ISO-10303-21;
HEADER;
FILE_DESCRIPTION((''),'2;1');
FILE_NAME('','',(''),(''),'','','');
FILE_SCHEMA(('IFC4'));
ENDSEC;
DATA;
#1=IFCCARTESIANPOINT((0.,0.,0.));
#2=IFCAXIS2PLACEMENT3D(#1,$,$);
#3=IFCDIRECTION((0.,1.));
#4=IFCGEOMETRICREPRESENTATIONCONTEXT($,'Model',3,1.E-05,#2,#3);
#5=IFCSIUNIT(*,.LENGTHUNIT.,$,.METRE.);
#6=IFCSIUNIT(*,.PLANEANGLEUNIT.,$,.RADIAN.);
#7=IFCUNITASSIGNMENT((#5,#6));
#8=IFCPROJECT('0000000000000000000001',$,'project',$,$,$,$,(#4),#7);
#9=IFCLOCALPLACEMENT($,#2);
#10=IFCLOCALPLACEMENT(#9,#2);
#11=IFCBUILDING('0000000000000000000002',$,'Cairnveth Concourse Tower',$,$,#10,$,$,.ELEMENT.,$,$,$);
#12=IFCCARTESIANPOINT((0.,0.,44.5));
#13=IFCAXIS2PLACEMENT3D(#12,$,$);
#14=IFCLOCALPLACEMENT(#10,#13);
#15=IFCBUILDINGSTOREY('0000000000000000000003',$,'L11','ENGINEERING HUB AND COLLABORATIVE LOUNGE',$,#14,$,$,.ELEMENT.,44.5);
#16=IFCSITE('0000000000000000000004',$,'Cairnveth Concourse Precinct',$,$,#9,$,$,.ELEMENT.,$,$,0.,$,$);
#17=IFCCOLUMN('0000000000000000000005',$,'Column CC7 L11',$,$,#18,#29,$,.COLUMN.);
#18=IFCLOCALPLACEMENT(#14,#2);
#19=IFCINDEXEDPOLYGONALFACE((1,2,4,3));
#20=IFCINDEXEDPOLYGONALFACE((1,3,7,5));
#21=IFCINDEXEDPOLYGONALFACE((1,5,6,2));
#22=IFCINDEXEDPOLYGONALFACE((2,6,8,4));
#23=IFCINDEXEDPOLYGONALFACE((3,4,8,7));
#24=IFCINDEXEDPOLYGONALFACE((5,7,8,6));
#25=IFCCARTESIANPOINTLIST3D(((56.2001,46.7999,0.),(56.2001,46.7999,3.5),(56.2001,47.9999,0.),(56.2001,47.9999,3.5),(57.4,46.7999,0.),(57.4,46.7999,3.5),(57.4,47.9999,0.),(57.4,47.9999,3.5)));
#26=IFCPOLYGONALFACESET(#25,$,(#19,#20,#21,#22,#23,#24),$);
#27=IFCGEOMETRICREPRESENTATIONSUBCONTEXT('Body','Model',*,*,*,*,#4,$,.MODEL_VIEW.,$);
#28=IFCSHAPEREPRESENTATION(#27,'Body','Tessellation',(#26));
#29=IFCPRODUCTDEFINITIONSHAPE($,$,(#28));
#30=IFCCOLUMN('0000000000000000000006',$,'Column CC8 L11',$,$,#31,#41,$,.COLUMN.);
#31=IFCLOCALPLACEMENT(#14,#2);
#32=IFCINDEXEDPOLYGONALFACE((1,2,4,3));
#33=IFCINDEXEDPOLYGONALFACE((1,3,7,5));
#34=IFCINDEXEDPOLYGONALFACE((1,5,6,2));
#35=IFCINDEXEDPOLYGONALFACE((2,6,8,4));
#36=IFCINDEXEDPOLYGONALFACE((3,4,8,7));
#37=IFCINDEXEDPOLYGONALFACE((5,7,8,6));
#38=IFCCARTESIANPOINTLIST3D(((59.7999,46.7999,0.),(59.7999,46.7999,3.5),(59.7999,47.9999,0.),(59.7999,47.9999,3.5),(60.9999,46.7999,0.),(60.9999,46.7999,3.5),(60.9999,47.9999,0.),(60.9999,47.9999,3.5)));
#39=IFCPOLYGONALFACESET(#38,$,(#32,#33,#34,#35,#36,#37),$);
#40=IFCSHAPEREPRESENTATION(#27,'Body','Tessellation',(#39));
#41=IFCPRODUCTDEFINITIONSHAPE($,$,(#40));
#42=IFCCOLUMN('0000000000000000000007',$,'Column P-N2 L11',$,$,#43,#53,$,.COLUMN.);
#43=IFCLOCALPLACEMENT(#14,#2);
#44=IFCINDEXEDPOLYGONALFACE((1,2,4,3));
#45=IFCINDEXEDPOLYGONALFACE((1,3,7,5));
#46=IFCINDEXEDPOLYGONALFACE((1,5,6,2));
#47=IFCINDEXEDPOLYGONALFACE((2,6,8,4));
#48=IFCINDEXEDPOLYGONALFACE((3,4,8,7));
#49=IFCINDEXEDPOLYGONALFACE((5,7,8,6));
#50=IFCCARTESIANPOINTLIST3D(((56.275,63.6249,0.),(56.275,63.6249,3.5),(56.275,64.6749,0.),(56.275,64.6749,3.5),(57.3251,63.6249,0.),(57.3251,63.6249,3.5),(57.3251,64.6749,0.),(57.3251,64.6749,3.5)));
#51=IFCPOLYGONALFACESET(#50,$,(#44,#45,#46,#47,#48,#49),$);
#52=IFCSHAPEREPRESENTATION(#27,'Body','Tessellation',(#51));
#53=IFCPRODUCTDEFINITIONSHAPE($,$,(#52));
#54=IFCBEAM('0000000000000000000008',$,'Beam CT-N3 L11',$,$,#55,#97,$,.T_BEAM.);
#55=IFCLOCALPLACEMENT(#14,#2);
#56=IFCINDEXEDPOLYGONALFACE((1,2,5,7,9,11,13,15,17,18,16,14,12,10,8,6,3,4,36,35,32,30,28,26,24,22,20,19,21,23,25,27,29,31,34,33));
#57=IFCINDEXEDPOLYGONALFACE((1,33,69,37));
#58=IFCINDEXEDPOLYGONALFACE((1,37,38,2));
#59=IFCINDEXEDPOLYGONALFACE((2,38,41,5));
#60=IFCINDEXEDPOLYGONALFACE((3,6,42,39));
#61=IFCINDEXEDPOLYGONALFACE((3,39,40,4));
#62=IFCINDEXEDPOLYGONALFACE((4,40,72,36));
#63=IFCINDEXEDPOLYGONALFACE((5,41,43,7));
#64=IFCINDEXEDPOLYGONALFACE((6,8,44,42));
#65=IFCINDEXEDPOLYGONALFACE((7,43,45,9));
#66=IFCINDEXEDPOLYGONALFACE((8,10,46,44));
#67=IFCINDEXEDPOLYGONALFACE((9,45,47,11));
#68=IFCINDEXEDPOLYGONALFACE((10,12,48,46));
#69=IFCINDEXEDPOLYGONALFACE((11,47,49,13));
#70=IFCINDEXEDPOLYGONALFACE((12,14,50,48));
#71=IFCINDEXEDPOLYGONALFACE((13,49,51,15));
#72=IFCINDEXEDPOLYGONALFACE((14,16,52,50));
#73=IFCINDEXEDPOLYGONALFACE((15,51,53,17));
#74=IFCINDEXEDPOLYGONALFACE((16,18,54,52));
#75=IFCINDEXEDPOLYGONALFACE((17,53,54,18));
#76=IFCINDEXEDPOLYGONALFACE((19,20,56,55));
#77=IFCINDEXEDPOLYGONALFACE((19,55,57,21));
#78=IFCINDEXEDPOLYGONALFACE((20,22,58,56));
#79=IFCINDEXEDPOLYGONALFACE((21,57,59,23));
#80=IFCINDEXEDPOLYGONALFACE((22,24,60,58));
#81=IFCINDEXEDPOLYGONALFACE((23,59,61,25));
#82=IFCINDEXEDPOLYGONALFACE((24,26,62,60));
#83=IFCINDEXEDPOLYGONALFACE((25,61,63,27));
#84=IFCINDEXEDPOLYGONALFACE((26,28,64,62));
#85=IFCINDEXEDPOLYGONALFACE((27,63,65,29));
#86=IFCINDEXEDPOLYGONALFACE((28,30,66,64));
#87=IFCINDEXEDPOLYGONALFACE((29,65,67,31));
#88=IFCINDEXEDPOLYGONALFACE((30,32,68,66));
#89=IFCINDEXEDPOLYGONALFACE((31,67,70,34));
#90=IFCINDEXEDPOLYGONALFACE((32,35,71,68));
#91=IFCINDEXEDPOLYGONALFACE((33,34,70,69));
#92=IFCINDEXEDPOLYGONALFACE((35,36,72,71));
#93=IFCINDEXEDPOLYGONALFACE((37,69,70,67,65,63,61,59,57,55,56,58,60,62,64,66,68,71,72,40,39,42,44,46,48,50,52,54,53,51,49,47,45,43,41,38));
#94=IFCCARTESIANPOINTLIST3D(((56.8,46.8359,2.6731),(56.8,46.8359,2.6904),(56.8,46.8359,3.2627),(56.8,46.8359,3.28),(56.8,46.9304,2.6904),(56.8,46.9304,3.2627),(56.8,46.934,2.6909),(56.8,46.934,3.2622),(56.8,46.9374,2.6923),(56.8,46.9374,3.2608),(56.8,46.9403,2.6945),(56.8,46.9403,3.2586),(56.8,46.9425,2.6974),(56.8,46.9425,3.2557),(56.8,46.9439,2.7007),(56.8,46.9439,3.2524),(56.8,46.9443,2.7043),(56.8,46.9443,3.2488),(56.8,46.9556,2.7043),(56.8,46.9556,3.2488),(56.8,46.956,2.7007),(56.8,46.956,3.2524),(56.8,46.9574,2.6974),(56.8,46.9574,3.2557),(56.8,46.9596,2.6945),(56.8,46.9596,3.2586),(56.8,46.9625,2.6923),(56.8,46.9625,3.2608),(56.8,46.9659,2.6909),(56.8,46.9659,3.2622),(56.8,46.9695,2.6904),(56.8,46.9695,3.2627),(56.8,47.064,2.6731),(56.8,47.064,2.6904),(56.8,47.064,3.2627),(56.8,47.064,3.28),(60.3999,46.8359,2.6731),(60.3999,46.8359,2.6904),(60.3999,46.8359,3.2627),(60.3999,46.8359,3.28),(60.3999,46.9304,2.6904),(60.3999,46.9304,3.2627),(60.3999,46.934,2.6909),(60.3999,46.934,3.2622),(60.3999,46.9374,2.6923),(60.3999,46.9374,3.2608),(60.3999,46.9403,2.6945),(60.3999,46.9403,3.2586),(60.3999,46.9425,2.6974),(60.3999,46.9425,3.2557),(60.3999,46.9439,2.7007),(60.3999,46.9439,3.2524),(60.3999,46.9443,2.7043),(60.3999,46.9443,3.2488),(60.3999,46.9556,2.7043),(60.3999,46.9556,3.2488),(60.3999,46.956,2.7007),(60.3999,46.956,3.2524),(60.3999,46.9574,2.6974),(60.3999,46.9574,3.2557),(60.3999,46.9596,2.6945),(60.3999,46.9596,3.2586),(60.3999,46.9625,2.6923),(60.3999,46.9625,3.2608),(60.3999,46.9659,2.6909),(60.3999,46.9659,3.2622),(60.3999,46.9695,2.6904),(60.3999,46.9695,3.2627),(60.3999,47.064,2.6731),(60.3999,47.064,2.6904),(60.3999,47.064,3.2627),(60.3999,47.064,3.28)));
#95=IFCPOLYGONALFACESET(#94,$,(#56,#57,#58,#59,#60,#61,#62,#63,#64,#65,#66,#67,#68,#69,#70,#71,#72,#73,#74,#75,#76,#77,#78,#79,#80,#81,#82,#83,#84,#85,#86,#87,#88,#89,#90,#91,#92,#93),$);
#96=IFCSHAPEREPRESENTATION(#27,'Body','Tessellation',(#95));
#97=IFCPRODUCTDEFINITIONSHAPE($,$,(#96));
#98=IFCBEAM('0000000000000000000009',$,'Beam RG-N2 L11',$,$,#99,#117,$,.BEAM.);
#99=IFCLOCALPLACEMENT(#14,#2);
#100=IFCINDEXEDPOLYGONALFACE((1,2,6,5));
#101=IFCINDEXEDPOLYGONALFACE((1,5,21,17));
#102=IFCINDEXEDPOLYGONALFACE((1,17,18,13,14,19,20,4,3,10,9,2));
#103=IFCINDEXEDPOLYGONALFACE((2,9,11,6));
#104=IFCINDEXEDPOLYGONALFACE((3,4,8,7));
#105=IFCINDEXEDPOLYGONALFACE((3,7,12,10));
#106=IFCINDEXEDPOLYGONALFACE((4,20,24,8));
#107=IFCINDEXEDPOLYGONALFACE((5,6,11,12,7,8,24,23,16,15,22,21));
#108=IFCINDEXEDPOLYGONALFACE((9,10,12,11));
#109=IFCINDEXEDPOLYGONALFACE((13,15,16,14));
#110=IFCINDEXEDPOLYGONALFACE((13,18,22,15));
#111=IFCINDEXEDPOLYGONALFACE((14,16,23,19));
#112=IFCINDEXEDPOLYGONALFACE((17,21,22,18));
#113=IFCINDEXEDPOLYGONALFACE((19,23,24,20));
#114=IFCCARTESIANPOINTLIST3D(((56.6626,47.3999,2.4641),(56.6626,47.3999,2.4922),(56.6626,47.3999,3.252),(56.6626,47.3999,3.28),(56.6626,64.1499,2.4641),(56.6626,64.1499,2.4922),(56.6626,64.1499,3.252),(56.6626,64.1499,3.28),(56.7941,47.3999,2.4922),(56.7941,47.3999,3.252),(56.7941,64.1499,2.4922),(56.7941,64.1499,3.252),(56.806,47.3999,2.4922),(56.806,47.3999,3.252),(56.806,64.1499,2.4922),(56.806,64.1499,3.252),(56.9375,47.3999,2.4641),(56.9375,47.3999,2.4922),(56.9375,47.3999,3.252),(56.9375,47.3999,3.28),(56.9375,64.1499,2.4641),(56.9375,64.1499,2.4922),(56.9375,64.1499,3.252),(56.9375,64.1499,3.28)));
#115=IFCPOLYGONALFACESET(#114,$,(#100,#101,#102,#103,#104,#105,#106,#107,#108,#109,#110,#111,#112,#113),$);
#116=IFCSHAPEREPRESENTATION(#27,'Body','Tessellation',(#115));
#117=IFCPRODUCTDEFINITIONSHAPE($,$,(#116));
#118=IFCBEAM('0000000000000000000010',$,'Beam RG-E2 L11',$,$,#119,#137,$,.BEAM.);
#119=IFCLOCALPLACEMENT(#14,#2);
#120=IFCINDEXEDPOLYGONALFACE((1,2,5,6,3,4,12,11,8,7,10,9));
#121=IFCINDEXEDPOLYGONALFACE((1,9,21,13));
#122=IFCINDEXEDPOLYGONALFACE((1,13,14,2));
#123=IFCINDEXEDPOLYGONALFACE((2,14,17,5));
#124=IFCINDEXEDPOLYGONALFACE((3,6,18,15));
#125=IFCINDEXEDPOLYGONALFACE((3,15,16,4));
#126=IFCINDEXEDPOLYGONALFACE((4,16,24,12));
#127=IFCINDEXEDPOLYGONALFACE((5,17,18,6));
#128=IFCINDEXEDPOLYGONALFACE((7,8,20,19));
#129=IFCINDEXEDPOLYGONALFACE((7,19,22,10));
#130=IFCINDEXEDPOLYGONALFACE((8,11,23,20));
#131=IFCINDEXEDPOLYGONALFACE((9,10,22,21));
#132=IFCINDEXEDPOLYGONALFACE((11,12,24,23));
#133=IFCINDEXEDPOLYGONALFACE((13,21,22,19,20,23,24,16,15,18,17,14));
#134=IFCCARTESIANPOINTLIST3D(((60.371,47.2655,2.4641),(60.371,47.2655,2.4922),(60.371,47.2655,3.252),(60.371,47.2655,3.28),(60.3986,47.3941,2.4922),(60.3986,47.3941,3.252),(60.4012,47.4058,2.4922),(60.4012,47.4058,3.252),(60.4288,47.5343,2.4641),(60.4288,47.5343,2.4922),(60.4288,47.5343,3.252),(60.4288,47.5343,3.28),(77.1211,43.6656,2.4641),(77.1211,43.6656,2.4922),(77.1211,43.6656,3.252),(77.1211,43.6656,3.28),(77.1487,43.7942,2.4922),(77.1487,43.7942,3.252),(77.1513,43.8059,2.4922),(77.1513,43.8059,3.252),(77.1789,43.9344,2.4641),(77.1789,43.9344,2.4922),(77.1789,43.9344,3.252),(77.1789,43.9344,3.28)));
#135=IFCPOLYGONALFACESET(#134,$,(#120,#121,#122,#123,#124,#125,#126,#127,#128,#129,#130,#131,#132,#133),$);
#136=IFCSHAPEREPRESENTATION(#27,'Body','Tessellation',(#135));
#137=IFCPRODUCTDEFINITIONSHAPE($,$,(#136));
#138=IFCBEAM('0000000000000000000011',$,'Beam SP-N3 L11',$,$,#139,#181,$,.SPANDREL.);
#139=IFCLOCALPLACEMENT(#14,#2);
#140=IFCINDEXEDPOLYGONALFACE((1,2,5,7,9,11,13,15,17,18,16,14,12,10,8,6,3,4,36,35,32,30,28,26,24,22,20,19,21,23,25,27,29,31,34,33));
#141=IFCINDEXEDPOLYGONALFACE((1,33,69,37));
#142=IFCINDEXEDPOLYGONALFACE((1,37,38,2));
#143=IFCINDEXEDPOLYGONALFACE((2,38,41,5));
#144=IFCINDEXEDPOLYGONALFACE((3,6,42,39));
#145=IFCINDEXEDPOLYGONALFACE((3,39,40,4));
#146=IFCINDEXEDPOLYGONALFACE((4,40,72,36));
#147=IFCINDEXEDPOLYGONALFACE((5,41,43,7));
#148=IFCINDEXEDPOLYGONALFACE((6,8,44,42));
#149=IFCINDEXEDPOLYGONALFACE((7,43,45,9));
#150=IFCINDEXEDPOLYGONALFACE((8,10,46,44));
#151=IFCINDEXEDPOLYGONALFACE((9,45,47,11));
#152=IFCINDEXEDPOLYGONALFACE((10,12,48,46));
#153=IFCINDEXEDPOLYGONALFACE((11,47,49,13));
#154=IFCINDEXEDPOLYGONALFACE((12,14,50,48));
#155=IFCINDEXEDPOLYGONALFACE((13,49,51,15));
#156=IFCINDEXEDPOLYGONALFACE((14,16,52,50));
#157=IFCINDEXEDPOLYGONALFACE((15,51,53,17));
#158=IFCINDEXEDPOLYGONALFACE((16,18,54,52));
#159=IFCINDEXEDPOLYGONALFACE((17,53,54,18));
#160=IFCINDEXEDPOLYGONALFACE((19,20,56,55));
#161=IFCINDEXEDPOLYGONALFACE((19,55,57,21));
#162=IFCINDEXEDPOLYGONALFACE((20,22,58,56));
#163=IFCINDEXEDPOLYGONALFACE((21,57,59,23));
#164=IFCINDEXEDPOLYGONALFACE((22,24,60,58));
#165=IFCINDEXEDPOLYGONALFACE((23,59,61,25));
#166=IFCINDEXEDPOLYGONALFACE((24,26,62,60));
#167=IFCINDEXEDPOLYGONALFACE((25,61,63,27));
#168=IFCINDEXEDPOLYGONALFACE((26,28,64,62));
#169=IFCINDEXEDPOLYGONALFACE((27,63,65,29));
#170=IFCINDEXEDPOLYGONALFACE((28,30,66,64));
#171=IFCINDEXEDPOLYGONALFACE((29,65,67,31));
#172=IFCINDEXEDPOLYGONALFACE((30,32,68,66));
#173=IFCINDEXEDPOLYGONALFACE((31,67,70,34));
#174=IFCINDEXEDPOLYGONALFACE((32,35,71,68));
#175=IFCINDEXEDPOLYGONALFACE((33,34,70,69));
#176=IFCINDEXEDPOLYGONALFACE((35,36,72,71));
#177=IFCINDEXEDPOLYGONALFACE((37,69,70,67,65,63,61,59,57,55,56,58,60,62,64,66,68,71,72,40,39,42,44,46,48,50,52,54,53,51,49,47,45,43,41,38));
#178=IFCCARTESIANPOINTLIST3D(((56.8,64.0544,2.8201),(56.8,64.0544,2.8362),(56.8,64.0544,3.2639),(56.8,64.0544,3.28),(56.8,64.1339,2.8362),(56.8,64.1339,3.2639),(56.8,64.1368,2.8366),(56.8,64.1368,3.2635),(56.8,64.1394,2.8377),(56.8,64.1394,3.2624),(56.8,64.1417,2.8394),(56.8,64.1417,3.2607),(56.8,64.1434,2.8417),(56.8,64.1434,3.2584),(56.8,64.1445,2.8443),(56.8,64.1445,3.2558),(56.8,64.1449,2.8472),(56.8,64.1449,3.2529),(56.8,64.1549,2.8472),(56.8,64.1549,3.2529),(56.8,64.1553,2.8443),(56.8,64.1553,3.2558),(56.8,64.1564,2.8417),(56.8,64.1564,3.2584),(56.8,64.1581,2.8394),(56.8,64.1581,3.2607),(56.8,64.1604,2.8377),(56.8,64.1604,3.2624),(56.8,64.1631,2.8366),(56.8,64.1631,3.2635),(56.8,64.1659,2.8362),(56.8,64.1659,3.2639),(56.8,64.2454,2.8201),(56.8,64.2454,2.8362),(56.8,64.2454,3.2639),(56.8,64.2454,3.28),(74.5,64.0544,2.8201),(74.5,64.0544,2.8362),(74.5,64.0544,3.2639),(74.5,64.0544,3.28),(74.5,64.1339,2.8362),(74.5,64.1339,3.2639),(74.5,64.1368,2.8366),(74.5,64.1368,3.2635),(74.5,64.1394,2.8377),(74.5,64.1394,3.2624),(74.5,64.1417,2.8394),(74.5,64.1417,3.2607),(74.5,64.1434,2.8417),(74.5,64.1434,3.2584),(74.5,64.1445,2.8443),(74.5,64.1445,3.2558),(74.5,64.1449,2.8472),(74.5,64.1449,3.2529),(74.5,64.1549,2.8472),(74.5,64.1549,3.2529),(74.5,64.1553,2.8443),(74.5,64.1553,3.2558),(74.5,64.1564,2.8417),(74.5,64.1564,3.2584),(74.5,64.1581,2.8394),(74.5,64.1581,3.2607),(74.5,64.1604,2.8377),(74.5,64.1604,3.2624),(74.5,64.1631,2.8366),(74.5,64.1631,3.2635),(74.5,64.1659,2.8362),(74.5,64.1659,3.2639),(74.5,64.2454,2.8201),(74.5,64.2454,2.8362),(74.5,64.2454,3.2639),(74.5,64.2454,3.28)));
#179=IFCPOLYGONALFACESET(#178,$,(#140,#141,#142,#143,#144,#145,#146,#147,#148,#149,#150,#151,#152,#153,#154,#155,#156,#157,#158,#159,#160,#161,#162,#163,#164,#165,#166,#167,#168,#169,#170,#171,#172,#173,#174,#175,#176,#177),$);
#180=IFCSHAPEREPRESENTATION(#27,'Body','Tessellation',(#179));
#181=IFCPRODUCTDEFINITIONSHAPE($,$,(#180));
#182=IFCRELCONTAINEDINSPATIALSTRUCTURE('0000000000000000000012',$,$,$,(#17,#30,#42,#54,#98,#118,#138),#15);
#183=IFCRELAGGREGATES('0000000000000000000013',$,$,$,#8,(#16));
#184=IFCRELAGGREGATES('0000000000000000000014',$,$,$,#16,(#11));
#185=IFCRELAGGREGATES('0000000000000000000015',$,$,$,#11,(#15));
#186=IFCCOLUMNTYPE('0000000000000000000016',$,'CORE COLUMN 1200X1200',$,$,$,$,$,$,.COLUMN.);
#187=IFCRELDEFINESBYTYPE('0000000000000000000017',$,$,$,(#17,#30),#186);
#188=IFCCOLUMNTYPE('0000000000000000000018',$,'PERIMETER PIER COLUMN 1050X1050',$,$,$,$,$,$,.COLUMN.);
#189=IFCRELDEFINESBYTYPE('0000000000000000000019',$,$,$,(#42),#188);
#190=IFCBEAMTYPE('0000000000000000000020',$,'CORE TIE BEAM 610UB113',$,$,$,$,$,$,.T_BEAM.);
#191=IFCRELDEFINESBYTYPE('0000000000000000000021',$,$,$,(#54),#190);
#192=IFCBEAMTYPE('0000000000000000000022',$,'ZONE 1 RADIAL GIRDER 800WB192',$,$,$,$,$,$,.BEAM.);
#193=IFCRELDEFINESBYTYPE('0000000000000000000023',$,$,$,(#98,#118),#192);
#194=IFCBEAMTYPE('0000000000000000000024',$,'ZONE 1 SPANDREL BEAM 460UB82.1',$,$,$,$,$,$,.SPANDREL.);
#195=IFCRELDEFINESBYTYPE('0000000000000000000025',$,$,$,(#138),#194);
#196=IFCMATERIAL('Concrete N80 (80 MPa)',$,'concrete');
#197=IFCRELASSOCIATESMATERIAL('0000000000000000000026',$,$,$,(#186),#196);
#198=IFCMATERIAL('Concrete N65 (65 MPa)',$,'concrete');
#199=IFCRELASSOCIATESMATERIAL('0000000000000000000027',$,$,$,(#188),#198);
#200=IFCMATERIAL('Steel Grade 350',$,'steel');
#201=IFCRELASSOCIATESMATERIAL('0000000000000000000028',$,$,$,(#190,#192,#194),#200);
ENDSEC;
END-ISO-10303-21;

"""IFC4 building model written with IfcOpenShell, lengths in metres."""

from ifc_helpers import new_model, si_unit, direction, frame, origin, origin_2d, place, context, subcontext, project, spatial, rectangle, i_section, extrude, material, material_profile, profile_set, type_object, element, save


model = new_model("IFC4")

# Units and contexts
model_context = context("Model", 3, precision=1e-05, world=origin(), true_north=direction((0.0, 1.0)))
body_context = subcontext(model_context, "Body", "Model", "MODEL_VIEW")
ifc_project = project(units=[si_unit("LENGTHUNIT", "METRE"), si_unit("PLANEANGLEUNIT", "RADIAN")], contexts=[model_context])

# Site, building, storey
site_placement = place(None, origin())
site = spatial("IfcSite", under=ifc_project, at=site_placement, Name="Cairnveth Concourse Precinct", CompositionType="ELEMENT", RefElevation=0.0)
building_placement = place(site_placement, origin())
building = spatial("IfcBuilding", under=site, at=building_placement, Name="Cairnveth Concourse Tower", CompositionType="ELEMENT")
storey_placement = place(building_placement, frame((0.0, 0.0, 44.5)))
storey = spatial("IfcBuildingStorey", under=building, at=storey_placement, Name="L11", Description="ENGINEERING HUB AND COLLABORATIVE LOUNGE", CompositionType="ELEMENT", Elevation=44.5)

# Columns
ifc_material_1 = material(Name="Concrete N80 (80 MPa)", Category="concrete")
ifc_material_profile_1 = material_profile(ifc_material_1, rectangle(XDim=1.2, YDim=1.2, at=origin_2d()), Name="RC-COL-1200x1200")
ifc_profile_set_1 = profile_set([ifc_material_profile_1], Name="Concrete N80 (80 MPa)")
column_type_1 = type_object("IfcColumnType", Name="CORE COLUMN 1200X1200", PredefinedType="COLUMN", material=ifc_profile_set_1)
for number, where, z_axis, x_axis, name in (
    (1, (56.8, 47.3999, 0.0), (0.0, 0.0, 1.0), (1.0, 0.0, 0.0), "Column CC7 L11"),
    (2, (60.3999, 47.3999, 0.0), (0.0, 0.0, 1.0), (1.0, 0.0, 0.0), "Column CC8 L11"),
):
    element("IfcColumn", number, at=place(storey_placement, frame(where, z_axis=z_axis, x_axis=x_axis)), inside=storey, type_object=column_type_1, Name=name, PredefinedType="COLUMN", context=body_context, shape_type="SweptSolid", body=[
        extrude(rectangle(XDim=1.2, YDim=1.2, at=origin_2d()), origin(), (0.0, 0.0, 1.0), 3.5),
    ])
ifc_material_2 = material(Name="Concrete N65 (65 MPa)", Category="concrete")
ifc_material_profile_2 = material_profile(ifc_material_2, rectangle(XDim=1.05, YDim=1.05, at=origin_2d()), Name="RC-COL-1050x1050")
ifc_profile_set_2 = profile_set([ifc_material_profile_2], Name="Concrete N65 (65 MPa)")
column_type_2 = type_object("IfcColumnType", Name="PERIMETER PIER COLUMN 1050X1050", PredefinedType="COLUMN", material=ifc_profile_set_2)
column_placement = place(storey_placement, frame((56.8, 64.1499, 0.0), z_axis=(0.0, 0.0, 1.0), x_axis=(1.0, 0.0, 0.0)))
element("IfcColumn", 3, at=column_placement, inside=storey, type_object=column_type_2, Name="Column P-N2 L11", PredefinedType="COLUMN", context=body_context, shape_type="SweptSolid", body=[
    extrude(rectangle(XDim=1.05, YDim=1.05, at=origin_2d()), origin(), (0.0, 0.0, 1.0), 3.5),
])

# Beams
ifc_material_3 = material(Name="Steel Grade 350", Category="steel")
ifc_material_profile_3 = material_profile(ifc_material_3, i_section(OverallWidth=0.228, OverallDepth=0.6069, WebThickness=0.0112, FlangeThickness=0.0173, FilletRadius=0.0139, at=origin_2d()), Name="610UB113")
ifc_profile_set_3 = profile_set([ifc_material_profile_3], Name="Steel Grade 350")
beam_type_1 = type_object("IfcBeamType", Name="CORE TIE BEAM 610UB113", PredefinedType="T_BEAM", material=ifc_profile_set_3)
beam_1_placement = place(storey_placement, frame((56.8, 46.95, 2.9766), z_axis=(1.0, 0.0, 0.0), x_axis=(0.0, 1.0, 0.0)))
element("IfcBeam", 4, at=beam_1_placement, inside=storey, type_object=beam_type_1, Name="Beam CT-N3 L11", PredefinedType="T_BEAM", context=body_context, shape_type="SweptSolid", body=[
    extrude(i_section(OverallWidth=0.228, OverallDepth=0.6069, WebThickness=0.0112, FlangeThickness=0.0173, FilletRadius=0.0139, at=origin_2d()), origin(), (0.0, 0.0, 1.0), 3.5999),
])
ifc_material_profile_4 = material_profile(ifc_material_3, i_section(OverallWidth=0.2749, OverallDepth=0.8159, WebThickness=0.012, FlangeThickness=0.0281, at=origin_2d()), Name="800WB192")
ifc_profile_set_4 = profile_set([ifc_material_profile_4], Name="Steel Grade 350")
beam_type_2 = type_object("IfcBeamType", Name="ZONE 1 RADIAL GIRDER 800WB192", PredefinedType="BEAM", material=ifc_profile_set_4)
beam_2_placement = place(storey_placement, frame((56.8, 47.3999, 2.8721), z_axis=(0.0, 1.0, 0.0), x_axis=(-1.0, 0.0, 0.0)))
element("IfcBeam", 5, at=beam_2_placement, inside=storey, type_object=beam_type_2, Name="Beam RG-N2 L11", PredefinedType="BEAM", context=body_context, shape_type="SweptSolid", body=[
    extrude(i_section(OverallWidth=0.2749, OverallDepth=0.8159, WebThickness=0.012, FlangeThickness=0.0281, at=origin_2d()), origin(), (0.0, 0.0, 1.0), 16.75),
])
beam_3_placement = place(storey_placement, frame((60.3999, 47.3999, 2.8721), z_axis=(0.977676, -0.210119, 0.0), x_axis=(0.210119, 0.977676, 0.0)))
element("IfcBeam", 6, at=beam_3_placement, inside=storey, type_object=beam_type_2, Name="Beam RG-E2 L11", PredefinedType="BEAM", context=body_context, shape_type="SweptSolid", body=[
    extrude(i_section(OverallWidth=0.2749, OverallDepth=0.8159, WebThickness=0.012, FlangeThickness=0.0281, at=origin_2d()), origin(), (0.0, 0.0, 1.0), 17.1326),
])
ifc_material_profile_5 = material_profile(ifc_material_3, i_section(OverallWidth=0.1909, OverallDepth=0.46, WebThickness=0.01, FlangeThickness=0.0161, FilletRadius=0.011, at=origin_2d()), Name="460UB82.1")
ifc_profile_set_5 = profile_set([ifc_material_profile_5], Name="Steel Grade 350")
beam_type_3 = type_object("IfcBeamType", Name="ZONE 1 SPANDREL BEAM 460UB82.1", PredefinedType="SPANDREL", material=ifc_profile_set_5)
beam_4_placement = place(storey_placement, frame((56.8, 64.1499, 3.05), z_axis=(1.0, 0.0, 0.0), x_axis=(0.0, 1.0, 0.0)))
element("IfcBeam", 7, at=beam_4_placement, inside=storey, type_object=beam_type_3, Name="Beam SP-N3 L11", PredefinedType="SPANDREL", context=body_context, shape_type="SweptSolid", body=[
    extrude(i_section(OverallWidth=0.1909, OverallDepth=0.46, WebThickness=0.01, FlangeThickness=0.0161, FilletRadius=0.011, at=origin_2d()), origin(), (0.0, 0.0, 1.0), 17.7),
])

save(model, "model.ifc")
